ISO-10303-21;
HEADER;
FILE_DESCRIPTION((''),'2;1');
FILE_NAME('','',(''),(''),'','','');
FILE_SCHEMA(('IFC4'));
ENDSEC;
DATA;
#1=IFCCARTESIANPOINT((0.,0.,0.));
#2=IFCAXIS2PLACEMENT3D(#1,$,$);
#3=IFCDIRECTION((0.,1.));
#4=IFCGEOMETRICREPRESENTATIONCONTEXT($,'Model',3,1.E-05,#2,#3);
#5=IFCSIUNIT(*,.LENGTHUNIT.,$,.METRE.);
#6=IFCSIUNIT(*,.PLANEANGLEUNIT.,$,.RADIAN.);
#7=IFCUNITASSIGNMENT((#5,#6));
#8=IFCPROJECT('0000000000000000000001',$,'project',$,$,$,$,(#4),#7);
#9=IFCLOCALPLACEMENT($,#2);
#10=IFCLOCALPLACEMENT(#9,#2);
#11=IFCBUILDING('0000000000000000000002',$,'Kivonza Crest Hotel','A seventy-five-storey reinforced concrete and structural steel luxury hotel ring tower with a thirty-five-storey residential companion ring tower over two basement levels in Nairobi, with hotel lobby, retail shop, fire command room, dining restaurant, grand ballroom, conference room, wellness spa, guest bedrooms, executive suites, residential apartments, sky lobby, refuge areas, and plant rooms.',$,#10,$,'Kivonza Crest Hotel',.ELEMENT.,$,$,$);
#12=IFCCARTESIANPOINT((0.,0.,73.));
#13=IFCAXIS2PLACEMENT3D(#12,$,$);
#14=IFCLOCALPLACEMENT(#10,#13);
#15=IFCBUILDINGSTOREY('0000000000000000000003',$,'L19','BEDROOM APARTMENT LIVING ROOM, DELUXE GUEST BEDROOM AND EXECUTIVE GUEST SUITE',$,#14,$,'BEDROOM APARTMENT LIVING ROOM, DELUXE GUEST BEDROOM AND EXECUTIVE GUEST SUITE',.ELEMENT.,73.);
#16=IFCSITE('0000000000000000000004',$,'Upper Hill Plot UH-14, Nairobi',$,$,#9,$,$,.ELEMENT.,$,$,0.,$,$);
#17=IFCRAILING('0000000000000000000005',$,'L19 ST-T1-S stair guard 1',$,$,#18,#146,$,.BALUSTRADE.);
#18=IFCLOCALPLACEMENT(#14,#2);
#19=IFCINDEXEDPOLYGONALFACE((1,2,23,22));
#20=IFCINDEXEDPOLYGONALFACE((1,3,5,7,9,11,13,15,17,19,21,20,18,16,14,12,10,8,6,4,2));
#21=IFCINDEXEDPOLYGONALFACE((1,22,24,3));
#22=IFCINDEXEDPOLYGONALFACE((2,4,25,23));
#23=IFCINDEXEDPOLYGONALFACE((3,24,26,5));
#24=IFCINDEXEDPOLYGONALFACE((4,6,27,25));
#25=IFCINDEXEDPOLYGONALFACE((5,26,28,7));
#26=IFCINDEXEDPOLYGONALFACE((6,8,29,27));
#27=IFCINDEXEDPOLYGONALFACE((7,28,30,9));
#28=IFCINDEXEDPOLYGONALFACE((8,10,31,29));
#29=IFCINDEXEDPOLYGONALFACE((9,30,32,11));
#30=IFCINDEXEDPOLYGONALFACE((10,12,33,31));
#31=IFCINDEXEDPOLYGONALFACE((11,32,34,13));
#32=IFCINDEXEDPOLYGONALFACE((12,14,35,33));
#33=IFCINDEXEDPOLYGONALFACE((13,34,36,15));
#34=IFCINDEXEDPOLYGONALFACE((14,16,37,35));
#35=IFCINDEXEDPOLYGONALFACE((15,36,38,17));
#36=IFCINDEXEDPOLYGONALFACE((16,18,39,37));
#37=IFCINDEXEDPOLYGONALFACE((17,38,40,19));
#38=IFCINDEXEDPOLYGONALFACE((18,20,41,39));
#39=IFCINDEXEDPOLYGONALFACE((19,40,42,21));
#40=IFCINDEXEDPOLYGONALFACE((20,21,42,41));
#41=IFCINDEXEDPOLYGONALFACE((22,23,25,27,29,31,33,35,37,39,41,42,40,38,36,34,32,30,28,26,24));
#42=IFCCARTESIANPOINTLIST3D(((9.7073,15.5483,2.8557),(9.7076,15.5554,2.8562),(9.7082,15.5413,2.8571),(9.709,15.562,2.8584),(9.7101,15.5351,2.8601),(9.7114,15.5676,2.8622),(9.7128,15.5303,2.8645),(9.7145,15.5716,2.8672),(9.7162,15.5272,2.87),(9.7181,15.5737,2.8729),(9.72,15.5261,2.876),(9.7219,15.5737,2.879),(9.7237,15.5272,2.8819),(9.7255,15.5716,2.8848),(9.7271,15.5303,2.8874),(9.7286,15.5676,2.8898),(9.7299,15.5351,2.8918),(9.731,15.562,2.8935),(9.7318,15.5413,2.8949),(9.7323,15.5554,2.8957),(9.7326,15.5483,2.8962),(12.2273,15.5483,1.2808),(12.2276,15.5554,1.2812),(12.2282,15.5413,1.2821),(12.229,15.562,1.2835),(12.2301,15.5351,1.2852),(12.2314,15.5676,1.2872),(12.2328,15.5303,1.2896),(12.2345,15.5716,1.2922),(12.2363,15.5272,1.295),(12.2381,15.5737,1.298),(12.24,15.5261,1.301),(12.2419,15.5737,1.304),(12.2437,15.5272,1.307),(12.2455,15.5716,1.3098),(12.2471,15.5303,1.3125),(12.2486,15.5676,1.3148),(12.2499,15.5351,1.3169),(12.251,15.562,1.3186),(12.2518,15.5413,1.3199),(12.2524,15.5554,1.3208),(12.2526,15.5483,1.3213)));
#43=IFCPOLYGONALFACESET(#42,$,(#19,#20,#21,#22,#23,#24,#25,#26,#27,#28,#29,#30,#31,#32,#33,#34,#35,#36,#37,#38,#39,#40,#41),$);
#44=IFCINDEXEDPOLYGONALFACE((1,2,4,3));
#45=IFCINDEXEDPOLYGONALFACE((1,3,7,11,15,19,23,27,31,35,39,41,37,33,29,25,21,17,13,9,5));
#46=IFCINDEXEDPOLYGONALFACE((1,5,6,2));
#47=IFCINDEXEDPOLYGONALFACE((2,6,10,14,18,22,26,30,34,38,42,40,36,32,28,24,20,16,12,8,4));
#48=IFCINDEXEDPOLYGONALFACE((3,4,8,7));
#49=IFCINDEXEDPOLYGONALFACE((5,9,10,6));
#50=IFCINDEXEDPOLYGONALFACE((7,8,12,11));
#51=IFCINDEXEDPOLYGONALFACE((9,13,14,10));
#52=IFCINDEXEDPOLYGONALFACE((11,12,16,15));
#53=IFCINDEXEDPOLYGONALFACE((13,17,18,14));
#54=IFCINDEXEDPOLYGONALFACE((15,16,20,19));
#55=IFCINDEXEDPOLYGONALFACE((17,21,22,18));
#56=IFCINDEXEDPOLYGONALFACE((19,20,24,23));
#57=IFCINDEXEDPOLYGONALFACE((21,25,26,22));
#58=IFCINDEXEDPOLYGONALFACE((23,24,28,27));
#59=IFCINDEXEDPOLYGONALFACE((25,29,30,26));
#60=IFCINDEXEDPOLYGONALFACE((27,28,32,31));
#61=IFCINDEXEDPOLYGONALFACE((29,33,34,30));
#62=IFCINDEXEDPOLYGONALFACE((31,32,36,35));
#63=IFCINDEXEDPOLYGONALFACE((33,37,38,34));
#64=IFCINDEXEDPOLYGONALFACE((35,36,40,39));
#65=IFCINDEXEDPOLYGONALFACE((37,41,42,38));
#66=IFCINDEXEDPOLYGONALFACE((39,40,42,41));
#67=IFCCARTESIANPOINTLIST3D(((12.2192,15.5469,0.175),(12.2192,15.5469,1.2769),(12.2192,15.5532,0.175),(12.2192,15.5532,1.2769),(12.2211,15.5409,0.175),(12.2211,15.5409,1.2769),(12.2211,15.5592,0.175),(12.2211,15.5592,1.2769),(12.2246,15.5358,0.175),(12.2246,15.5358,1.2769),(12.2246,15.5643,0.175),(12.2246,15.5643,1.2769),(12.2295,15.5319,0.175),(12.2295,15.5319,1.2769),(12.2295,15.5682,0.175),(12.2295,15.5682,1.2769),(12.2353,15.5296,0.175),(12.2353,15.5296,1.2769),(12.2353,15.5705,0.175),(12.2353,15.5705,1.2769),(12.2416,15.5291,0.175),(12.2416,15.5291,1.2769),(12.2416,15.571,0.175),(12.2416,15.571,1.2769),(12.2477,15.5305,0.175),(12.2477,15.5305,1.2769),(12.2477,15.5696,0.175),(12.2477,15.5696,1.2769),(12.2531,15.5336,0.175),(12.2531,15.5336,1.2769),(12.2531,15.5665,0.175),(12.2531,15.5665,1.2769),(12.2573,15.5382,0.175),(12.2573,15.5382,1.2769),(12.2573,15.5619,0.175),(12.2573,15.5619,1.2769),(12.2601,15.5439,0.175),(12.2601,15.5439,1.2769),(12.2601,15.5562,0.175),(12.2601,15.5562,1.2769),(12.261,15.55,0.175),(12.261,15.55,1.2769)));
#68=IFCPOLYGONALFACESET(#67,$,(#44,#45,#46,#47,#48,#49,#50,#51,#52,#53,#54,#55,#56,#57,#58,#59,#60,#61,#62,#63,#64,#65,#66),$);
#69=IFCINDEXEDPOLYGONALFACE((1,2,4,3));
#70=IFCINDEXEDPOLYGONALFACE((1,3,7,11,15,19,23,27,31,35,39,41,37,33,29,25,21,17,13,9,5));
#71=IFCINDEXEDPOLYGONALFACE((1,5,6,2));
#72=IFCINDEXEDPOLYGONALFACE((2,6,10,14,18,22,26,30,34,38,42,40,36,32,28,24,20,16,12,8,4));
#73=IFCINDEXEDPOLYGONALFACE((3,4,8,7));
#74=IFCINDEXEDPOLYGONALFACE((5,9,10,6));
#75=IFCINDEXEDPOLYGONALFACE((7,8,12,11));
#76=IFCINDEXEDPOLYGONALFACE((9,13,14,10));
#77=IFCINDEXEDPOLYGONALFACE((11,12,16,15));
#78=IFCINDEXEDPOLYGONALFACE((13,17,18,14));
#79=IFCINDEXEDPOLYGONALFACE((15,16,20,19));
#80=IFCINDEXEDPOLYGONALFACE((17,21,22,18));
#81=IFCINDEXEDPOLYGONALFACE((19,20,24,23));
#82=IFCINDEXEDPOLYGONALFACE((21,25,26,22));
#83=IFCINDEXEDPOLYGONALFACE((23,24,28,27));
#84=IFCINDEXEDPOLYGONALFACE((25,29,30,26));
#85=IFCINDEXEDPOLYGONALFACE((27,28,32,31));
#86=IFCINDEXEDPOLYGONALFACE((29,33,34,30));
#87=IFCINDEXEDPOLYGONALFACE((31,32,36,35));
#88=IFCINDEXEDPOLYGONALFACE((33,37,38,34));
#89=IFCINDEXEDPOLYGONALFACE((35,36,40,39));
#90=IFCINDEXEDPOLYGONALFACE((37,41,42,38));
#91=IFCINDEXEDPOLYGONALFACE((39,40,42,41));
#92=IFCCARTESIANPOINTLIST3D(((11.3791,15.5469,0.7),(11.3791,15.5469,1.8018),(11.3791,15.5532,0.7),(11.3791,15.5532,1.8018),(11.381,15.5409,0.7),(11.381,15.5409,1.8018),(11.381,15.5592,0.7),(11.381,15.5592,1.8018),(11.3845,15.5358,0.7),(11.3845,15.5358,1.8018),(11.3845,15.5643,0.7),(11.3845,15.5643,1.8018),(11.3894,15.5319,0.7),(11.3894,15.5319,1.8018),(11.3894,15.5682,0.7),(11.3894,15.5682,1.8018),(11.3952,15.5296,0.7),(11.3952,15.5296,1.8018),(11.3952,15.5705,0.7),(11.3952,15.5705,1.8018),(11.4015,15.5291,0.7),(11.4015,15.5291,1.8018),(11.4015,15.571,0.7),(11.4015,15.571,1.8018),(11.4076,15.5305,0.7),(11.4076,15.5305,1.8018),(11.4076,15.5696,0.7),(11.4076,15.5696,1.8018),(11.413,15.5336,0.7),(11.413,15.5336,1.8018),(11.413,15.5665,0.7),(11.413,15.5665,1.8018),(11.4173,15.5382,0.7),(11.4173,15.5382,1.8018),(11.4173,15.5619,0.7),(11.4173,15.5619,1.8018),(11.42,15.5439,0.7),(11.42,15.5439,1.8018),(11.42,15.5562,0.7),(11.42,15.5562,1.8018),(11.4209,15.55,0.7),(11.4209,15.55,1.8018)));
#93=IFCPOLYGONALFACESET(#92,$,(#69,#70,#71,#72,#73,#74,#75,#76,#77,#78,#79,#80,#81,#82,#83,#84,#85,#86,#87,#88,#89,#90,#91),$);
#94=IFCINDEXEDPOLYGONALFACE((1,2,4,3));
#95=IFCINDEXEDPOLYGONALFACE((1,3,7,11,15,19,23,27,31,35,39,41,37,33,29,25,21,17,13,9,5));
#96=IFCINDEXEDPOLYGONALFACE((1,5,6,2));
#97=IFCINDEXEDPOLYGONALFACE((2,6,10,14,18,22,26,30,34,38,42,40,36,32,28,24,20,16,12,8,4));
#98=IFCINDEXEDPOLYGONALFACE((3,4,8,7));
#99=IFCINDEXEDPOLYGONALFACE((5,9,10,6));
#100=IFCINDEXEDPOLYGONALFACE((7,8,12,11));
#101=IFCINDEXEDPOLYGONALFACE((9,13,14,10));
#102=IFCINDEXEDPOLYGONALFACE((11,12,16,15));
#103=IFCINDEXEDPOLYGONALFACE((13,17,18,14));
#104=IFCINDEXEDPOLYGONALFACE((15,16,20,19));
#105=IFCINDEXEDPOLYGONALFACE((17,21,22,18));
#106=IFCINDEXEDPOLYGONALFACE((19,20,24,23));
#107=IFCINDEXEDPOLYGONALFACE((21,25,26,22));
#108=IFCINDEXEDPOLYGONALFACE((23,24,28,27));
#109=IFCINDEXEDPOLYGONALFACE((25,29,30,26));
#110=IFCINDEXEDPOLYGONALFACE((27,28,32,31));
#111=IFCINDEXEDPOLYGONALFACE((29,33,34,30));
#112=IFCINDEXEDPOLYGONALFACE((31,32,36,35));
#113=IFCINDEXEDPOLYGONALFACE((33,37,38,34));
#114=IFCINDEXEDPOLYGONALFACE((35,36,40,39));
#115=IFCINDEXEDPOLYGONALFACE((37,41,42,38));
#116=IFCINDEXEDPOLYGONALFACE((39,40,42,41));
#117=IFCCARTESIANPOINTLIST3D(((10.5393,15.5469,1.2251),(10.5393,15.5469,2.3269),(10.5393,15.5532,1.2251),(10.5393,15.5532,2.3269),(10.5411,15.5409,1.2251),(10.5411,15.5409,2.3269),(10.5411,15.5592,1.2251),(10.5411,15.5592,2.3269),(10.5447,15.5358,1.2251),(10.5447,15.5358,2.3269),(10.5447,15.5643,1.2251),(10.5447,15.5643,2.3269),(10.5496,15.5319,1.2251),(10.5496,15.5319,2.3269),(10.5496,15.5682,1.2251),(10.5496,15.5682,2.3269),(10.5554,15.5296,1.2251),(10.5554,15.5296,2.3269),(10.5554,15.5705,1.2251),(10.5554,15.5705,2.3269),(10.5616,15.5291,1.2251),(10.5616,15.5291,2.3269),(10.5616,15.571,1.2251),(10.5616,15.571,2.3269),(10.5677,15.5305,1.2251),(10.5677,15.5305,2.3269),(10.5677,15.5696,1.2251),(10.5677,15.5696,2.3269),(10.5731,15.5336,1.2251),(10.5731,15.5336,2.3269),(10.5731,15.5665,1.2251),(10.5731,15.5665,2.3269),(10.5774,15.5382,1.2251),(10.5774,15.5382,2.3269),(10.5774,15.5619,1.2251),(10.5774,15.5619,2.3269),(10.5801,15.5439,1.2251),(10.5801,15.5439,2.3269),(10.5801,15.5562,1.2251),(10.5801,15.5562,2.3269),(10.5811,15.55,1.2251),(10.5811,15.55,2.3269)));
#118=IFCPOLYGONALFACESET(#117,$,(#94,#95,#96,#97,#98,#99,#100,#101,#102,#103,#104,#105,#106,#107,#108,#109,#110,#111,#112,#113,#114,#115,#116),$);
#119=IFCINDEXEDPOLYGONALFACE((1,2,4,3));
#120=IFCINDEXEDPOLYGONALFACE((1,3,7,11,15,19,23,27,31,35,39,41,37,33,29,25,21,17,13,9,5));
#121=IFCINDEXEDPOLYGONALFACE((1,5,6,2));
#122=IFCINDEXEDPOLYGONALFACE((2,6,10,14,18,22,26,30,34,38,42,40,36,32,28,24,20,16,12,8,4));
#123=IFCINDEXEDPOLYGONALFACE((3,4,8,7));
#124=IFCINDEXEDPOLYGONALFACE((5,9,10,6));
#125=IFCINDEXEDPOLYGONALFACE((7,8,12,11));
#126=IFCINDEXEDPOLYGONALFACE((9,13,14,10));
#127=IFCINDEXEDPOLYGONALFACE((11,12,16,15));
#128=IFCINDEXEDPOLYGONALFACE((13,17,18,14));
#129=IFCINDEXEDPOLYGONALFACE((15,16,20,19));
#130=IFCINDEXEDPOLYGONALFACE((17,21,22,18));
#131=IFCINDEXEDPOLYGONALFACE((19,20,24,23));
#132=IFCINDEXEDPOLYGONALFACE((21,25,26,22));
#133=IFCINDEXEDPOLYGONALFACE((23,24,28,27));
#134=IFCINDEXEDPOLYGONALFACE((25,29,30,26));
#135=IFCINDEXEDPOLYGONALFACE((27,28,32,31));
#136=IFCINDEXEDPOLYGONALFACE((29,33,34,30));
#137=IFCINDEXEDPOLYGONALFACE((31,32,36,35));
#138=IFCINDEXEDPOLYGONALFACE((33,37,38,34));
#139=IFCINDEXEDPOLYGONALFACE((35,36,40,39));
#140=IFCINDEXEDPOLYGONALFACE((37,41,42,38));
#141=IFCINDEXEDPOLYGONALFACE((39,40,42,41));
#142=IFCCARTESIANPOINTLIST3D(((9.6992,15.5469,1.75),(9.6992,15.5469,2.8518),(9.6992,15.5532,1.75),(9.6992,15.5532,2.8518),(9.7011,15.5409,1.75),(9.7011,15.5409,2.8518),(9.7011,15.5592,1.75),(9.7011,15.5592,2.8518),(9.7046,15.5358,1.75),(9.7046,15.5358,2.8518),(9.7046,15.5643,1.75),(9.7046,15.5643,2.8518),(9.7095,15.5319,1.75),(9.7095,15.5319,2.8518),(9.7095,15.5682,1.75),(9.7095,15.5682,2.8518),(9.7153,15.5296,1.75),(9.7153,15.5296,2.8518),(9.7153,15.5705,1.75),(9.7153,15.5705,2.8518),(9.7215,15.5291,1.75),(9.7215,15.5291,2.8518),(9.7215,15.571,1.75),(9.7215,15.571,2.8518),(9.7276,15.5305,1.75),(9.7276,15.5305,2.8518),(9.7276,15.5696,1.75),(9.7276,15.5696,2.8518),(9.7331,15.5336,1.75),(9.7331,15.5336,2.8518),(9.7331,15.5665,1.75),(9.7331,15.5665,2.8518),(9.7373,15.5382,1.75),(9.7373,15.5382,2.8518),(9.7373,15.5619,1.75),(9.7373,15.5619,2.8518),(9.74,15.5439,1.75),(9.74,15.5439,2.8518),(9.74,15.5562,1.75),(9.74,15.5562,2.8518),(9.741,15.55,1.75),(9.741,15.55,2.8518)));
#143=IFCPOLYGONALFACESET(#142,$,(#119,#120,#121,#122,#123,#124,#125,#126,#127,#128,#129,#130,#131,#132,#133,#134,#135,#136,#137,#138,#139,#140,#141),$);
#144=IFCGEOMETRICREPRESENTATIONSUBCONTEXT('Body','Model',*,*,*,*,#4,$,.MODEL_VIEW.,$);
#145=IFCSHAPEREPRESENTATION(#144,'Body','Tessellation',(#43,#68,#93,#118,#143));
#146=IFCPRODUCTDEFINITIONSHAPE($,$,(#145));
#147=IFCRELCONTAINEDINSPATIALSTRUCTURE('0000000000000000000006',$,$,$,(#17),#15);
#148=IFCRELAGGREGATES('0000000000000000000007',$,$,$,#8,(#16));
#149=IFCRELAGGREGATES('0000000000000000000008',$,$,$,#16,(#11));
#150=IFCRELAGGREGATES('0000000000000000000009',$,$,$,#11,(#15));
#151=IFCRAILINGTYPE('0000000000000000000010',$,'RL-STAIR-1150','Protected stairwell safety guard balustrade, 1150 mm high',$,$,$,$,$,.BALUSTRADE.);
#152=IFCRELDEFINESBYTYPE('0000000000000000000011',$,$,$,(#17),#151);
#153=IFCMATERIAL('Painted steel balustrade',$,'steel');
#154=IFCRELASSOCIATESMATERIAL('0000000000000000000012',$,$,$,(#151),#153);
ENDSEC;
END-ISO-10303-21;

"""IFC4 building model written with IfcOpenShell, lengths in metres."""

from ifc_helpers import new_model, si_unit, direction, frame, origin, origin_2d, place, context, subcontext, project, spatial, circle, extrude, material, type_object, element, save


model = new_model("IFC4")

# Units and contexts
model_context = context("Model", 3, precision=1e-05, world=origin(), true_north=direction((0.0, 1.0)))
body_context = subcontext(model_context, "Body", "Model", "MODEL_VIEW")
ifc_project = project(units=[si_unit("LENGTHUNIT", "METRE"), si_unit("PLANEANGLEUNIT", "RADIAN")], contexts=[model_context])

# Site, building, storey
site_placement = place(None, origin())
site = spatial("IfcSite", under=ifc_project, at=site_placement, Name="Upper Hill Plot UH-14, Nairobi", CompositionType="ELEMENT", RefElevation=0.0)
building_placement = place(site_placement, origin())
building = spatial("IfcBuilding", under=site, at=building_placement, Name="Kivonza Crest Hotel", Description="A seventy-five-storey reinforced concrete and structural steel luxury hotel ring tower with a thirty-five-storey residential companion ring tower over two basement levels in Nairobi, with hotel lobby, retail shop, fire command room, dining restaurant, grand ballroom, conference room, wellness spa, guest bedrooms, executive suites, residential apartments, sky lobby, refuge areas, and plant rooms.", LongName="Kivonza Crest Hotel", CompositionType="ELEMENT")
storey_placement = place(building_placement, frame((0.0, 0.0, 73.0)))
storey = spatial("IfcBuildingStorey", under=building, at=storey_placement, Name="L19", Description="BEDROOM APARTMENT LIVING ROOM, DELUXE GUEST BEDROOM AND EXECUTIVE GUEST SUITE", LongName="BEDROOM APARTMENT LIVING ROOM, DELUXE GUEST BEDROOM AND EXECUTIVE GUEST SUITE", CompositionType="ELEMENT", Elevation=73.0)

# Railing
ifc_material_1 = material(Name="Painted steel balustrade", Category="steel")
railing_type_1 = type_object("IfcRailingType", Name="RL-STAIR-1150", Description="Protected stairwell safety guard balustrade, 1150 mm high", PredefinedType="BALUSTRADE", material=ifc_material_1)
railing_1_placement = place(storey_placement, frame((12.24, 15.55, 0.175)))
element("IfcRailing", 1, at=railing_1_placement, inside=storey, type_object=railing_type_1, Name="L19 ST-T1-S stair guard 1", PredefinedType="BALUSTRADE", context=body_context, shape_type="SweptSolid", body=[
    extrude(circle(Radius=0.0239, at=origin_2d()), frame((0.0, 0.0, 1.126), z_axis=(-0.848008, 0.0, 0.529984), x_axis=(0.0, -1.0, 0.0)), (0.0, 0.0, 1.0), 2.9717),
    extrude(circle(Radius=0.021, at=origin_2d()), origin(), (0.0, 0.0, 1.0), 1.1018),
    extrude(circle(Radius=0.021, at=origin_2d()), frame((-0.8401, 0.0, 0.5249)), (0.0, 0.0, 1.0), 1.1018),
    extrude(circle(Radius=0.021, at=origin_2d()), frame((-1.6799, 0.0, 1.05)), (0.0, 0.0, 1.0), 1.1018),
    extrude(circle(Radius=0.021, at=origin_2d()), frame((-2.52, 0.0, 1.575)), (0.0, 0.0, 1.0), 1.1018),
])

save(model, "model.ifc")
